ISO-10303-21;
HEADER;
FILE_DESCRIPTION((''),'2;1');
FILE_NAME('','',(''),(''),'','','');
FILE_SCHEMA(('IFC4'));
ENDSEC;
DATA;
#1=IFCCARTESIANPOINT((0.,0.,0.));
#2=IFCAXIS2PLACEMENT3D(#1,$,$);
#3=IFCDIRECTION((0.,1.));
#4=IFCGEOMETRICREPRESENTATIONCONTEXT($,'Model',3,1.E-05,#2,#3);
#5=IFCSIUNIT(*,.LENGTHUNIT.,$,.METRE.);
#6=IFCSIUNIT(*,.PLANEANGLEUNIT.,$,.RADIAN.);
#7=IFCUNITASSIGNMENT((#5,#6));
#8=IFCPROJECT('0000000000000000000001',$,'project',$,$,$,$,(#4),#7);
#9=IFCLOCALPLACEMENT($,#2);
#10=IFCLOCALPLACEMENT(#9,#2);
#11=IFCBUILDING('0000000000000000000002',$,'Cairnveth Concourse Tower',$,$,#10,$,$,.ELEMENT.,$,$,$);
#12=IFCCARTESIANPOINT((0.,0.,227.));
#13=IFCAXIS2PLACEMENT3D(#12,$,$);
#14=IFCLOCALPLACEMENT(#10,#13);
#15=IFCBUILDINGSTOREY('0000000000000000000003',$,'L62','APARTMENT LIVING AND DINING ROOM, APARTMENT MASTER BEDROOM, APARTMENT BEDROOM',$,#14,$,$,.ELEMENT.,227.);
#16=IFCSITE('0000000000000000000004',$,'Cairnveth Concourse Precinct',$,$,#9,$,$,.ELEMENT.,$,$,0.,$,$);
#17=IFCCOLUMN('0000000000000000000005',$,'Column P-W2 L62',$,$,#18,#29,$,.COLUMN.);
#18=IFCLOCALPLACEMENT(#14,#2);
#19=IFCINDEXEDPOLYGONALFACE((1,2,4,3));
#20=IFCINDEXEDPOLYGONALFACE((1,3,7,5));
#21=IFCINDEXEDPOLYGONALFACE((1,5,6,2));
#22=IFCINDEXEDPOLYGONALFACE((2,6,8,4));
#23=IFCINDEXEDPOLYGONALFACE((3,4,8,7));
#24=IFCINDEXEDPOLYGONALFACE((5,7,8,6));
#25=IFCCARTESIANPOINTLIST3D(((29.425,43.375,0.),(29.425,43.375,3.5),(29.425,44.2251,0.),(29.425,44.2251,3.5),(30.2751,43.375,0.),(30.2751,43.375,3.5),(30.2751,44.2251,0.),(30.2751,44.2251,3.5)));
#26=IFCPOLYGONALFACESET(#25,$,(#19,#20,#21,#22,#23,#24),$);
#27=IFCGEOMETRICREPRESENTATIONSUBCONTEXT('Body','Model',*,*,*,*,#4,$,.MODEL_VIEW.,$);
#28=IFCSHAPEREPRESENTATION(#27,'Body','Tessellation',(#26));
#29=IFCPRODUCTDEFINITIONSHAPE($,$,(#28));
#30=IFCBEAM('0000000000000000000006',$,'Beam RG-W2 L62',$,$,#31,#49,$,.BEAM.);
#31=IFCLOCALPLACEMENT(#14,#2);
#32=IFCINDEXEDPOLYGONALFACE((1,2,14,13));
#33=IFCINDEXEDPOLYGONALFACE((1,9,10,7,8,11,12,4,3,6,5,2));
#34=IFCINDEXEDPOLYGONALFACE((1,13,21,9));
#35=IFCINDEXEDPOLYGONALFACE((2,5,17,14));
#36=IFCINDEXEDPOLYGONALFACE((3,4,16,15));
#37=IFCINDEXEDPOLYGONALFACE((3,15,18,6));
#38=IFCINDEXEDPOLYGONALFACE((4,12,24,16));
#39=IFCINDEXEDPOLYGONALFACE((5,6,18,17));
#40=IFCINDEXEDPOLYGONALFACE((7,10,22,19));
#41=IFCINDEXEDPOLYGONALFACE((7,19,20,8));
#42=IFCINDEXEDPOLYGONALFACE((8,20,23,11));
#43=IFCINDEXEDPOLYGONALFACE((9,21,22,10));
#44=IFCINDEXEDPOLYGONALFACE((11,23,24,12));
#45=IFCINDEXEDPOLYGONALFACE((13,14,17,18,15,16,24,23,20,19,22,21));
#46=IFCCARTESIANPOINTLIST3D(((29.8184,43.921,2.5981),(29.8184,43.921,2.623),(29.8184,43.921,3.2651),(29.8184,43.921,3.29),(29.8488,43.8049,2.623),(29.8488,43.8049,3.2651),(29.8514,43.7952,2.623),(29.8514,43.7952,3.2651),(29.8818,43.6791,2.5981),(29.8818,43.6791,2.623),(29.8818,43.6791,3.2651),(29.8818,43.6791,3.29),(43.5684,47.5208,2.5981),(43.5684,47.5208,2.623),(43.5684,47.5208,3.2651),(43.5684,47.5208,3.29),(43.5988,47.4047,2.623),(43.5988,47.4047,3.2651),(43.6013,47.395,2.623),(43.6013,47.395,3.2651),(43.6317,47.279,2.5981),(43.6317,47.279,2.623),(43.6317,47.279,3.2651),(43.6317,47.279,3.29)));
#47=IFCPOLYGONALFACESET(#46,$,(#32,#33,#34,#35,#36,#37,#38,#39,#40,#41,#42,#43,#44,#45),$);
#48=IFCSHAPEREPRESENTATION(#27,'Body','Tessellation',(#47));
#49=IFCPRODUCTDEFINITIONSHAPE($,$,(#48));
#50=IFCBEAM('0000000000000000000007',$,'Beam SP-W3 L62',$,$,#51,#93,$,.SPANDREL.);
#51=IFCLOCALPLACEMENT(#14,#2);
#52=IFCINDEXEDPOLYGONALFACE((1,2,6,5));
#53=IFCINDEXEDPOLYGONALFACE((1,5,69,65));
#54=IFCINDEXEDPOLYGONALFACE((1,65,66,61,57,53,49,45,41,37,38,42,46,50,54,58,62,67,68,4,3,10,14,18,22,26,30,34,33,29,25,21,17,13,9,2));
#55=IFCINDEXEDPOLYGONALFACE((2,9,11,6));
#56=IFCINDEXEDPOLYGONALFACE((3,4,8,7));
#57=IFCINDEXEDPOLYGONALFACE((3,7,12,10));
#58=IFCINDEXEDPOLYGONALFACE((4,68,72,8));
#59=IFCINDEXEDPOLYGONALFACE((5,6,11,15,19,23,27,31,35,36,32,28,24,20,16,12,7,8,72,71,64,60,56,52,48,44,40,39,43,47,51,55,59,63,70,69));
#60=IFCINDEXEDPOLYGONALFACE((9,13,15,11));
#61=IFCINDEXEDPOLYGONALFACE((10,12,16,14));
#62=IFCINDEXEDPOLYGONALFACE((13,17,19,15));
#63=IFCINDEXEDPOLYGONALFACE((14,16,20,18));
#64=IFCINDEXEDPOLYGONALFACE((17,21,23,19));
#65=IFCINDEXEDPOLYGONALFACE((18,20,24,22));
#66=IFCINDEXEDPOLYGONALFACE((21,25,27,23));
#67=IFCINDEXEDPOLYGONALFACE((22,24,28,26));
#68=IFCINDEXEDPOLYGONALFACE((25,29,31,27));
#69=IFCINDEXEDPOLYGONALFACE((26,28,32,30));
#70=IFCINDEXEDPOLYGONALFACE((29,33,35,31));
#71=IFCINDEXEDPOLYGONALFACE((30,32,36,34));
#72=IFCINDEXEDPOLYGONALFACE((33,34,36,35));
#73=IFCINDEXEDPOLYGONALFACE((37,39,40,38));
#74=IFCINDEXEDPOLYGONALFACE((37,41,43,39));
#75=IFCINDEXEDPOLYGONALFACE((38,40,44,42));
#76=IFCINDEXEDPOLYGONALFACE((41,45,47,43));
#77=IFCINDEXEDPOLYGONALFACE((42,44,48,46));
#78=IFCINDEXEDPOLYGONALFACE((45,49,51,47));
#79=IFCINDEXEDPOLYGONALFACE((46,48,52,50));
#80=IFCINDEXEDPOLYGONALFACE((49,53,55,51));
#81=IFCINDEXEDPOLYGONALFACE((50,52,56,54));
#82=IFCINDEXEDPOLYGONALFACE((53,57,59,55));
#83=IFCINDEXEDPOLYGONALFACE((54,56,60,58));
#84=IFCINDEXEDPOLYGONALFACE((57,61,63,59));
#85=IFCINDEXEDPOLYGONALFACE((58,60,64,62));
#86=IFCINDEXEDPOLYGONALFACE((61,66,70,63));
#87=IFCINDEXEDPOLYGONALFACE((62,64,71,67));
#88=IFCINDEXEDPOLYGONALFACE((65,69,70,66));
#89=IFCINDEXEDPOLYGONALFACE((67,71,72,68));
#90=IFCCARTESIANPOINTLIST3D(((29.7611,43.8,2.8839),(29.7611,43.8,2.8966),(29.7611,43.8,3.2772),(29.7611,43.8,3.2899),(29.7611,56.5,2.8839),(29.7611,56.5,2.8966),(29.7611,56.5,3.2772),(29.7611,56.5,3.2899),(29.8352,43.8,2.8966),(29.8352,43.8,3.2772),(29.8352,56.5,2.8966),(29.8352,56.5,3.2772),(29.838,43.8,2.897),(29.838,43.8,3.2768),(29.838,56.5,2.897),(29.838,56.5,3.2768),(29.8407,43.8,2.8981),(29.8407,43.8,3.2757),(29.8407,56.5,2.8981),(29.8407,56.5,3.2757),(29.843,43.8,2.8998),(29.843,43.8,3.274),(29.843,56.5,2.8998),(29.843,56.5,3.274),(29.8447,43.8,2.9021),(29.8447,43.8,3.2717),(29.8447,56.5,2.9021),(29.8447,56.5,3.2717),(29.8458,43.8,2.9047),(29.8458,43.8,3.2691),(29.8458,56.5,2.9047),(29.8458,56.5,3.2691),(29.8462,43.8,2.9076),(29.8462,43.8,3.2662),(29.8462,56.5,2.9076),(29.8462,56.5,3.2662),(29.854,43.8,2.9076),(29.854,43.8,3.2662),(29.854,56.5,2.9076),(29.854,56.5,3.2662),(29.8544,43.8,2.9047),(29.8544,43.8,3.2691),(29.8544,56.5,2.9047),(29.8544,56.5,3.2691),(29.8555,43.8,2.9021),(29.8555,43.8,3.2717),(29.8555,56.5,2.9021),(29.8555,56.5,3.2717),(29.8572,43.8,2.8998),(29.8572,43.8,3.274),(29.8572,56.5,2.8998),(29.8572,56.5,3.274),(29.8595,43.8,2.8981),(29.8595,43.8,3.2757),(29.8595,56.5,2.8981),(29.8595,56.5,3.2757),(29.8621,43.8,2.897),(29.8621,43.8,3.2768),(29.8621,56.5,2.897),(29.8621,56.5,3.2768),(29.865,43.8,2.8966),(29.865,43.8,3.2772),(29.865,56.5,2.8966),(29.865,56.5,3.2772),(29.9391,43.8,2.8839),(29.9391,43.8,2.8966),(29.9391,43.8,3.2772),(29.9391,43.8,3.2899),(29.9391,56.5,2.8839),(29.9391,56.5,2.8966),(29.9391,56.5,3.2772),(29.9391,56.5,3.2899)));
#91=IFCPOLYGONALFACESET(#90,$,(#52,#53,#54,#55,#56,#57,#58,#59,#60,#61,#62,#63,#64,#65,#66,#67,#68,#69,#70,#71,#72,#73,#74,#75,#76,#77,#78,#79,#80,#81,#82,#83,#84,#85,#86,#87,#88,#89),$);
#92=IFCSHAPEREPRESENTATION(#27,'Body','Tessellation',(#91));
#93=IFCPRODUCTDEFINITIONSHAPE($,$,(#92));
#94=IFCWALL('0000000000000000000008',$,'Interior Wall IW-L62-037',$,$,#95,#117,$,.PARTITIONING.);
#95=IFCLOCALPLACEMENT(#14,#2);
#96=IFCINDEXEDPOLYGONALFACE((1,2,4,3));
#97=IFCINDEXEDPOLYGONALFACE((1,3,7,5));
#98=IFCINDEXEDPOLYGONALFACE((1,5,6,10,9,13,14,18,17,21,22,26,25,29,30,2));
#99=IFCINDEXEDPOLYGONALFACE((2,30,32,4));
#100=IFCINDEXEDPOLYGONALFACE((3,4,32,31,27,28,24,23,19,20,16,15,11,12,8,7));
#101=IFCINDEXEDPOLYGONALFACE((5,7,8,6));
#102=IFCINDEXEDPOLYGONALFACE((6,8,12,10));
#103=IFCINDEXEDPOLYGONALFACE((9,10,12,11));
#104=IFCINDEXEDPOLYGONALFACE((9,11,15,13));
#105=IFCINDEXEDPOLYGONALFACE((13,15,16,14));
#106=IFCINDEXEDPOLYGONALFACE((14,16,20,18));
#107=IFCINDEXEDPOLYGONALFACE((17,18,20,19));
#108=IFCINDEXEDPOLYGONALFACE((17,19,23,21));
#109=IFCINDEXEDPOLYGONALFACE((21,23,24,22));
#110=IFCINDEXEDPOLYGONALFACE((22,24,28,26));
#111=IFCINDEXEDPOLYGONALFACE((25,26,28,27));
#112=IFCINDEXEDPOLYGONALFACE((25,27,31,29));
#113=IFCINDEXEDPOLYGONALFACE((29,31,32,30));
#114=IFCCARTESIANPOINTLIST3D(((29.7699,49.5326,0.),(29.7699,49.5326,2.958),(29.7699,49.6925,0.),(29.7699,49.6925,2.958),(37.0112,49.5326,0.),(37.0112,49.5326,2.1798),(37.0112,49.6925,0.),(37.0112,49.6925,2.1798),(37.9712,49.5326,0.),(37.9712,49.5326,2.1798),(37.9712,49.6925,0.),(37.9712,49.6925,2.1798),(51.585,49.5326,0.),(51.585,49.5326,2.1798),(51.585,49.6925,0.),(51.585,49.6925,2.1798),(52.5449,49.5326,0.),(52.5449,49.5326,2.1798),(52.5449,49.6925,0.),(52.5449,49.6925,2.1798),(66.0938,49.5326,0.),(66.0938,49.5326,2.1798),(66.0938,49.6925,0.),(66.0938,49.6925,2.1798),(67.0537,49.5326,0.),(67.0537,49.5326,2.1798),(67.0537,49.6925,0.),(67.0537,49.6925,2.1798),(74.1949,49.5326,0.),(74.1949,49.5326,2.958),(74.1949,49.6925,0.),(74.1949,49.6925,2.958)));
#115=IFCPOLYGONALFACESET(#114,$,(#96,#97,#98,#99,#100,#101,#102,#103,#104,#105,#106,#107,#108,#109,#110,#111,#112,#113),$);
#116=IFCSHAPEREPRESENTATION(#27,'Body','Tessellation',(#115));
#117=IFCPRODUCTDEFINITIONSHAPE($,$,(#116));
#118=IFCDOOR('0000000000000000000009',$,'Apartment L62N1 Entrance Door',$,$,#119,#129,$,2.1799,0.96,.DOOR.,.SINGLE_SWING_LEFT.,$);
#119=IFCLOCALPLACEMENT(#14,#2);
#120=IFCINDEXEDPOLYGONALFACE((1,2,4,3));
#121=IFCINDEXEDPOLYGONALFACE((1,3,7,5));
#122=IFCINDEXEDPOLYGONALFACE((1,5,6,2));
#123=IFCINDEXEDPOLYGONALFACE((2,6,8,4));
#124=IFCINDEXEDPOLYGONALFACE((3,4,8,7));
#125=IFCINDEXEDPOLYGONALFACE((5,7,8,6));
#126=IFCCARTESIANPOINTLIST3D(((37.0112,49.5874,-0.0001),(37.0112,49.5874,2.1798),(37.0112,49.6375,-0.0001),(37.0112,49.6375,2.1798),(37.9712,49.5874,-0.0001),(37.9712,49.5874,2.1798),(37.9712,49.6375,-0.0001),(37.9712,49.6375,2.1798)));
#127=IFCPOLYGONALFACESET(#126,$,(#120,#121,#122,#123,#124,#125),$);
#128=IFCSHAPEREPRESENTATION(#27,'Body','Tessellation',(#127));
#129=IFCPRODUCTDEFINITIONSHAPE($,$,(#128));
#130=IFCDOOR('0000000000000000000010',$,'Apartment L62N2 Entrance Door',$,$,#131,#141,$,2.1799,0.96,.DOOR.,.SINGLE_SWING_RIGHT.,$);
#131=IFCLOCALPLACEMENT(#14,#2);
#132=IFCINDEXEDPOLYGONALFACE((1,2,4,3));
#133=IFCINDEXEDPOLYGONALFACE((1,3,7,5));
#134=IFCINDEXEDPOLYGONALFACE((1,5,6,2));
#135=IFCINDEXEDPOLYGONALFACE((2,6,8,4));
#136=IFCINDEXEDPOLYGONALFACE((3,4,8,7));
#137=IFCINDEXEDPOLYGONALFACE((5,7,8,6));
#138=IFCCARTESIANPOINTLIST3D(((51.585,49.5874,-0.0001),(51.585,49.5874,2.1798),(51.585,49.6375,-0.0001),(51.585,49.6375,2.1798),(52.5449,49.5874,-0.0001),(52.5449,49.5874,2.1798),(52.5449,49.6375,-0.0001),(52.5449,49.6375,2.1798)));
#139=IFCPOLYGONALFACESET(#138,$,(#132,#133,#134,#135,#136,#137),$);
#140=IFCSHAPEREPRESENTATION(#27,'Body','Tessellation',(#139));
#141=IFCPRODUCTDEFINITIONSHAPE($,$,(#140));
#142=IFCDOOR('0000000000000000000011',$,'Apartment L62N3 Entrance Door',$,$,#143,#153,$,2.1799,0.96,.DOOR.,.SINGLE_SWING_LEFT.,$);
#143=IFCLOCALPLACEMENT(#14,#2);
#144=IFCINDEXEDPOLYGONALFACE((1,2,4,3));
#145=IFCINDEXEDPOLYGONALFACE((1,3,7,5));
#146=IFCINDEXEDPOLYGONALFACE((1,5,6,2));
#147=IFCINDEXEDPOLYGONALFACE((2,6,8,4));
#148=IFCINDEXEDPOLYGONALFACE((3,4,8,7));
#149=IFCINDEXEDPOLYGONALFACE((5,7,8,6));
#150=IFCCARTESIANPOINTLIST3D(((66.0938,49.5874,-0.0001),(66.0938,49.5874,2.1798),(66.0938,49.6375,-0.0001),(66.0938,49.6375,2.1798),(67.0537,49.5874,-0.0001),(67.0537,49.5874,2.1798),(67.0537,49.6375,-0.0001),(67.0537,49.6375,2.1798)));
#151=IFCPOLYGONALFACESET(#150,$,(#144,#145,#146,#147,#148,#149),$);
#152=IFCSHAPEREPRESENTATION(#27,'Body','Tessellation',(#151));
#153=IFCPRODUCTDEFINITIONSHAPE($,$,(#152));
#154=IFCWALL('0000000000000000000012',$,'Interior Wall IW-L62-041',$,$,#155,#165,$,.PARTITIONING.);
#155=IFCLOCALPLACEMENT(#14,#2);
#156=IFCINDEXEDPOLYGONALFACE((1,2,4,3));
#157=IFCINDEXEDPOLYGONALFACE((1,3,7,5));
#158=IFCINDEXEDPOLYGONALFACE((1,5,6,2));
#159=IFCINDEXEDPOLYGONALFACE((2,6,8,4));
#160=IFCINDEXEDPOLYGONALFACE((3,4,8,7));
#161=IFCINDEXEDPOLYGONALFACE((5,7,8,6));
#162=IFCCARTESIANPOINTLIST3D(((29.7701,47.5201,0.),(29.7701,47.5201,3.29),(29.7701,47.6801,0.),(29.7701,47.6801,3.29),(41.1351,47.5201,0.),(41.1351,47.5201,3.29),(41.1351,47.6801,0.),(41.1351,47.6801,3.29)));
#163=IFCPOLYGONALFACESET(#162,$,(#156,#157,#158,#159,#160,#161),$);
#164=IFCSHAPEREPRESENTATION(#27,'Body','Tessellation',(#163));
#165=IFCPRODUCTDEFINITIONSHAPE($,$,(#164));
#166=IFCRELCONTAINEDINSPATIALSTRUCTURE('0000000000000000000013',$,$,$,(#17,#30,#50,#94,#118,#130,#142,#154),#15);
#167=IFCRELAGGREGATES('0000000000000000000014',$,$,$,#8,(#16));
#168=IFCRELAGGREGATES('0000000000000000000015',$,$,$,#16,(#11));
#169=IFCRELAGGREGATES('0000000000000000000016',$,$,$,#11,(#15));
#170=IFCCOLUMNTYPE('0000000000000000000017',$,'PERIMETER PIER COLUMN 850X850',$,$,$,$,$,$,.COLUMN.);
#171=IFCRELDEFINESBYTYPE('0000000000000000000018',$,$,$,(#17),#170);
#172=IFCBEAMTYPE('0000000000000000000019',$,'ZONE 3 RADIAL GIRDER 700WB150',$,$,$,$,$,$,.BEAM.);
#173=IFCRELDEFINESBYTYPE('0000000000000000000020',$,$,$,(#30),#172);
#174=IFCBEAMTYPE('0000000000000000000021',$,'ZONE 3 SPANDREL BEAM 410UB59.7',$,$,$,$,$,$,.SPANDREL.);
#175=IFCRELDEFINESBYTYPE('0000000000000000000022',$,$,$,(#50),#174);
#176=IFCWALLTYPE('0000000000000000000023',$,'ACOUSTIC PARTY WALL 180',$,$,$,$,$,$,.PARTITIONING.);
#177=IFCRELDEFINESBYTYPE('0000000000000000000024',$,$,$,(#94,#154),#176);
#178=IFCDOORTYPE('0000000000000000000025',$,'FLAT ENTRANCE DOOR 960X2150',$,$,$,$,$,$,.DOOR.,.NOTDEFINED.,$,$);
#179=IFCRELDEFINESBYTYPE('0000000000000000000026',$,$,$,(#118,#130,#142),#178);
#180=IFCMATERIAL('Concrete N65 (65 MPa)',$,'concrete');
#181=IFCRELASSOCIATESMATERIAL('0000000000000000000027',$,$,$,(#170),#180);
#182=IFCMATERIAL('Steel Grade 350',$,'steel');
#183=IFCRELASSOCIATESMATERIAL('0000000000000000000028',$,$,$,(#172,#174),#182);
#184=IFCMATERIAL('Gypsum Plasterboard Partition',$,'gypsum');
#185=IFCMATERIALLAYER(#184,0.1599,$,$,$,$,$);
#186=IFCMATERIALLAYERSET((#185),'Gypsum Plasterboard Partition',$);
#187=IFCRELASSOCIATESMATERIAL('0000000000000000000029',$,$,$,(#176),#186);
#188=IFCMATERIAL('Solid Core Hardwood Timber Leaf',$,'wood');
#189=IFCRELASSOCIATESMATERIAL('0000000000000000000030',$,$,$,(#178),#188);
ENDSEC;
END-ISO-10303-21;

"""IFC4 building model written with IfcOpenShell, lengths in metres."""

from ifc_helpers import new_model, si_unit, direction, frame, frame_2d, origin, origin_2d, place, context, subcontext, project, spatial, rectangle, i_section, extrude, material, layer, layer_set, material_profile, profile_set, type_object, element, fill, save


model = new_model("IFC4")

# Units and contexts
model_context = context("Model", 3, precision=1e-05, world=origin(), true_north=direction((0.0, 1.0)))
body_context = subcontext(model_context, "Body", "Model", "MODEL_VIEW")
ifc_project = project(units=[si_unit("LENGTHUNIT", "METRE"), si_unit("PLANEANGLEUNIT", "RADIAN")], contexts=[model_context])

# Site, building, storey
site_placement = place(None, origin())
site = spatial("IfcSite", under=ifc_project, at=site_placement, Name="Cairnveth Concourse Precinct", CompositionType="ELEMENT", RefElevation=0.0)
building_placement = place(site_placement, origin())
building = spatial("IfcBuilding", under=site, at=building_placement, Name="Cairnveth Concourse Tower", CompositionType="ELEMENT")
storey_placement = place(building_placement, frame((0.0, 0.0, 227.0)))
storey = spatial("IfcBuildingStorey", under=building, at=storey_placement, Name="L62", Description="APARTMENT LIVING AND DINING ROOM, APARTMENT MASTER BEDROOM, APARTMENT BEDROOM", CompositionType="ELEMENT", Elevation=227.0)

# Column
ifc_material_1 = material(Name="Concrete N65 (65 MPa)", Category="concrete")
ifc_material_profile_1 = material_profile(ifc_material_1, rectangle(XDim=0.8501, YDim=0.8501, at=origin_2d()), Name="RC-COL-850x850")
ifc_profile_set_1 = profile_set([ifc_material_profile_1], Name="Concrete N65 (65 MPa)")
column_type = type_object("IfcColumnType", Name="PERIMETER PIER COLUMN 850X850", PredefinedType="COLUMN", material=ifc_profile_set_1)
column_placement = place(storey_placement, frame((29.8501, 43.8, 0.0), z_axis=(0.0, 0.0, 1.0), x_axis=(0.0, 1.0, 0.0)))
element("IfcColumn", 1, at=column_placement, inside=storey, type_object=column_type, Name="Column P-W2 L62", PredefinedType="COLUMN", context=body_context, shape_type="SweptSolid", body=[
    extrude(rectangle(XDim=0.8501, YDim=0.8501, at=origin_2d()), origin(), (0.0, 0.0, 1.0), 3.5),
])

# Beams
ifc_material_2 = material(Name="Steel Grade 350", Category="steel")
ifc_material_profile_2 = material_profile(ifc_material_2, i_section(OverallWidth=0.25, OverallDepth=0.6919, WebThickness=0.01, FlangeThickness=0.0249, at=origin_2d()), Name="700WB150")
ifc_profile_set_2 = profile_set([ifc_material_profile_2], Name="Steel Grade 350")
beam_type_1 = type_object("IfcBeamType", Name="ZONE 3 RADIAL GIRDER 700WB150", PredefinedType="BEAM", material=ifc_profile_set_2)
beam_1_placement = place(storey_placement, frame((29.8501, 43.8, 2.9441), z_axis=(0.967395, 0.253271, 0.0), x_axis=(-0.253271, 0.967395, 0.0)))
element("IfcBeam", 2, at=beam_1_placement, inside=storey, type_object=beam_type_1, Name="Beam RG-W2 L62", PredefinedType="BEAM", context=body_context, shape_type="SweptSolid", body=[
    extrude(i_section(OverallWidth=0.25, OverallDepth=0.6919, WebThickness=0.01, FlangeThickness=0.0249, at=origin_2d()), origin(), (0.0, 0.0, 1.0), 14.2134),
])
ifc_material_profile_3 = material_profile(ifc_material_2, i_section(OverallWidth=0.178, OverallDepth=0.406, WebThickness=0.0078, FlangeThickness=0.0127, FilletRadius=0.011, at=origin_2d()), Name="410UB59.7")
ifc_profile_set_3 = profile_set([ifc_material_profile_3], Name="Steel Grade 350")
beam_type_2 = type_object("IfcBeamType", Name="ZONE 3 SPANDREL BEAM 410UB59.7", PredefinedType="SPANDREL", material=ifc_profile_set_3)
beam_2_placement = place(storey_placement, frame((29.8501, 43.8, 3.0869), z_axis=(0.0, 1.0, 0.0), x_axis=(-1.0, 0.0, 0.0)))
element("IfcBeam", 3, at=beam_2_placement, inside=storey, type_object=beam_type_2, Name="Beam SP-W3 L62", PredefinedType="SPANDREL", context=body_context, shape_type="SweptSolid", body=[
    extrude(i_section(OverallWidth=0.178, OverallDepth=0.406, WebThickness=0.0078, FlangeThickness=0.0127, FilletRadius=0.011, at=origin_2d()), origin(), (0.0, 0.0, 1.0), 12.7),
])

# Wall, openings, doors
ifc_material_3 = material(Name="Gypsum Plasterboard Partition", Category="gypsum")
ifc_layer_1 = layer(ifc_material_3, 0.1599)
ifc_layer_set_1 = layer_set([ifc_layer_1], Name="Gypsum Plasterboard Partition")
wall_type_1 = type_object("IfcWallType", Name="ACOUSTIC PARTY WALL 180", PredefinedType="PARTITIONING", material=ifc_layer_set_1)
wall_1_placement = place(storey_placement, frame((29.77, 49.6125, 0.0), z_axis=(0.0, 0.0, 1.0), x_axis=(1.0, 0.0, 0.0)))
wall_1 = element("IfcWall", 4, at=wall_1_placement, inside=storey, type_object=wall_type_1, Name="Interior Wall IW-L62-037", PredefinedType="PARTITIONING", context=body_context, shape_type="SweptSolid", body=[
    extrude(rectangle(XDim=44.425, YDim=0.1599, at=frame_2d((22.2124, 0.0))), origin(), (0.0, 0.0, 1.0), 2.958),
])
opening_1_placement = place(wall_1_placement, frame((7.2412, 0.0, 0.0)))
opening_1 = element("IfcOpeningElement", 5, at=opening_1_placement, cuts=wall_1, PredefinedType="OPENING", context=body_context, shape_type="SweptSolid", body=[
    extrude(rectangle(XDim=0.96, YDim=2.1799, at=frame_2d((0.48, 1.0898))), frame((0.0, 0.0898, 0.0), z_axis=(0.0, -1.0, 0.0), x_axis=(1.0, 0.0, 0.0)), (0.0, 0.0, 1.0), 0.1799),
])
opening_2_placement = place(wall_1_placement, frame((21.8149, 0.0, 0.0)))
opening_2 = element("IfcOpeningElement", 6, at=opening_2_placement, cuts=wall_1, PredefinedType="OPENING", context=body_context, shape_type="SweptSolid", body=[
    extrude(rectangle(XDim=0.96, YDim=2.1799, at=frame_2d((0.48, 1.0898))), frame((0.0, 0.0898, 0.0), z_axis=(0.0, -1.0, 0.0), x_axis=(1.0, 0.0, 0.0)), (0.0, 0.0, 1.0), 0.1799),
])
opening_3_placement = place(wall_1_placement, frame((36.3237, 0.0, 0.0)))
opening_3 = element("IfcOpeningElement", 7, at=opening_3_placement, cuts=wall_1, PredefinedType="OPENING", context=body_context, shape_type="SweptSolid", body=[
    extrude(rectangle(XDim=0.96, YDim=2.1799, at=frame_2d((0.48, 1.0898))), frame((0.0, 0.0898, 0.0), z_axis=(0.0, -1.0, 0.0), x_axis=(1.0, 0.0, 0.0)), (0.0, 0.0, 1.0), 0.1799),
])
ifc_material_4 = material(Name="Solid Core Hardwood Timber Leaf", Category="wood")
door_type_1 = type_object("IfcDoorType", Name="FLAT ENTRANCE DOOR 960X2150", OperationType="NOTDEFINED", PredefinedType="DOOR", material=ifc_material_4)
door_1_placement = place(opening_1_placement, origin())
door_1 = element("IfcDoor", 8, at=door_1_placement, inside=storey, type_object=door_type_1, Name="Apartment L62N1 Entrance Door", OperationType="SINGLE_SWING_LEFT", OverallHeight=2.1799, OverallWidth=0.96, PredefinedType="DOOR", context=body_context, shape_type="SweptSolid", body=[
    extrude(rectangle(XDim=0.96, YDim=2.1799, at=frame_2d((0.48, 1.0898))), frame((0.0, 0.0249, 0.0), z_axis=(0.0, -1.0, 0.0), x_axis=(1.0, 0.0, 0.0)), (0.0, 0.0, 1.0), 0.05),
])
fill(opening_1, door_1)
door_2_placement = place(opening_2_placement, origin())
door_2 = element("IfcDoor", 9, at=door_2_placement, inside=storey, type_object=door_type_1, Name="Apartment L62N2 Entrance Door", OperationType="SINGLE_SWING_RIGHT", OverallHeight=2.1799, OverallWidth=0.96, PredefinedType="DOOR", context=body_context, shape_type="SweptSolid", body=[
    extrude(rectangle(XDim=0.96, YDim=2.1799, at=frame_2d((0.48, 1.0898))), frame((0.0, 0.0249, 0.0), z_axis=(0.0, -1.0, 0.0), x_axis=(1.0, 0.0, 0.0)), (0.0, 0.0, 1.0), 0.05),
])
fill(opening_2, door_2)
door_3_placement = place(opening_3_placement, origin())
door_3 = element("IfcDoor", 10, at=door_3_placement, inside=storey, type_object=door_type_1, Name="Apartment L62N3 Entrance Door", OperationType="SINGLE_SWING_LEFT", OverallHeight=2.1799, OverallWidth=0.96, PredefinedType="DOOR", context=body_context, shape_type="SweptSolid", body=[
    extrude(rectangle(XDim=0.96, YDim=2.1799, at=frame_2d((0.48, 1.0898))), frame((0.0, 0.0249, 0.0), z_axis=(0.0, -1.0, 0.0), x_axis=(1.0, 0.0, 0.0)), (0.0, 0.0, 1.0), 0.05),
])
fill(opening_3, door_3)

# Wall
wall_2_placement = place(storey_placement, frame((29.77, 47.6001, 0.0), z_axis=(0.0, 0.0, 1.0), x_axis=(1.0, 0.0, 0.0)))
element("IfcWall", 11, at=wall_2_placement, inside=storey, type_object=wall_type_1, Name="Interior Wall IW-L62-041", PredefinedType="PARTITIONING", context=body_context, shape_type="SweptSolid", body=[
    extrude(rectangle(XDim=11.365, YDim=0.1599, at=frame_2d((5.6826, 0.0))), origin(), (0.0, 0.0, 1.0), 3.29),
])

save(model, "model.ifc")
